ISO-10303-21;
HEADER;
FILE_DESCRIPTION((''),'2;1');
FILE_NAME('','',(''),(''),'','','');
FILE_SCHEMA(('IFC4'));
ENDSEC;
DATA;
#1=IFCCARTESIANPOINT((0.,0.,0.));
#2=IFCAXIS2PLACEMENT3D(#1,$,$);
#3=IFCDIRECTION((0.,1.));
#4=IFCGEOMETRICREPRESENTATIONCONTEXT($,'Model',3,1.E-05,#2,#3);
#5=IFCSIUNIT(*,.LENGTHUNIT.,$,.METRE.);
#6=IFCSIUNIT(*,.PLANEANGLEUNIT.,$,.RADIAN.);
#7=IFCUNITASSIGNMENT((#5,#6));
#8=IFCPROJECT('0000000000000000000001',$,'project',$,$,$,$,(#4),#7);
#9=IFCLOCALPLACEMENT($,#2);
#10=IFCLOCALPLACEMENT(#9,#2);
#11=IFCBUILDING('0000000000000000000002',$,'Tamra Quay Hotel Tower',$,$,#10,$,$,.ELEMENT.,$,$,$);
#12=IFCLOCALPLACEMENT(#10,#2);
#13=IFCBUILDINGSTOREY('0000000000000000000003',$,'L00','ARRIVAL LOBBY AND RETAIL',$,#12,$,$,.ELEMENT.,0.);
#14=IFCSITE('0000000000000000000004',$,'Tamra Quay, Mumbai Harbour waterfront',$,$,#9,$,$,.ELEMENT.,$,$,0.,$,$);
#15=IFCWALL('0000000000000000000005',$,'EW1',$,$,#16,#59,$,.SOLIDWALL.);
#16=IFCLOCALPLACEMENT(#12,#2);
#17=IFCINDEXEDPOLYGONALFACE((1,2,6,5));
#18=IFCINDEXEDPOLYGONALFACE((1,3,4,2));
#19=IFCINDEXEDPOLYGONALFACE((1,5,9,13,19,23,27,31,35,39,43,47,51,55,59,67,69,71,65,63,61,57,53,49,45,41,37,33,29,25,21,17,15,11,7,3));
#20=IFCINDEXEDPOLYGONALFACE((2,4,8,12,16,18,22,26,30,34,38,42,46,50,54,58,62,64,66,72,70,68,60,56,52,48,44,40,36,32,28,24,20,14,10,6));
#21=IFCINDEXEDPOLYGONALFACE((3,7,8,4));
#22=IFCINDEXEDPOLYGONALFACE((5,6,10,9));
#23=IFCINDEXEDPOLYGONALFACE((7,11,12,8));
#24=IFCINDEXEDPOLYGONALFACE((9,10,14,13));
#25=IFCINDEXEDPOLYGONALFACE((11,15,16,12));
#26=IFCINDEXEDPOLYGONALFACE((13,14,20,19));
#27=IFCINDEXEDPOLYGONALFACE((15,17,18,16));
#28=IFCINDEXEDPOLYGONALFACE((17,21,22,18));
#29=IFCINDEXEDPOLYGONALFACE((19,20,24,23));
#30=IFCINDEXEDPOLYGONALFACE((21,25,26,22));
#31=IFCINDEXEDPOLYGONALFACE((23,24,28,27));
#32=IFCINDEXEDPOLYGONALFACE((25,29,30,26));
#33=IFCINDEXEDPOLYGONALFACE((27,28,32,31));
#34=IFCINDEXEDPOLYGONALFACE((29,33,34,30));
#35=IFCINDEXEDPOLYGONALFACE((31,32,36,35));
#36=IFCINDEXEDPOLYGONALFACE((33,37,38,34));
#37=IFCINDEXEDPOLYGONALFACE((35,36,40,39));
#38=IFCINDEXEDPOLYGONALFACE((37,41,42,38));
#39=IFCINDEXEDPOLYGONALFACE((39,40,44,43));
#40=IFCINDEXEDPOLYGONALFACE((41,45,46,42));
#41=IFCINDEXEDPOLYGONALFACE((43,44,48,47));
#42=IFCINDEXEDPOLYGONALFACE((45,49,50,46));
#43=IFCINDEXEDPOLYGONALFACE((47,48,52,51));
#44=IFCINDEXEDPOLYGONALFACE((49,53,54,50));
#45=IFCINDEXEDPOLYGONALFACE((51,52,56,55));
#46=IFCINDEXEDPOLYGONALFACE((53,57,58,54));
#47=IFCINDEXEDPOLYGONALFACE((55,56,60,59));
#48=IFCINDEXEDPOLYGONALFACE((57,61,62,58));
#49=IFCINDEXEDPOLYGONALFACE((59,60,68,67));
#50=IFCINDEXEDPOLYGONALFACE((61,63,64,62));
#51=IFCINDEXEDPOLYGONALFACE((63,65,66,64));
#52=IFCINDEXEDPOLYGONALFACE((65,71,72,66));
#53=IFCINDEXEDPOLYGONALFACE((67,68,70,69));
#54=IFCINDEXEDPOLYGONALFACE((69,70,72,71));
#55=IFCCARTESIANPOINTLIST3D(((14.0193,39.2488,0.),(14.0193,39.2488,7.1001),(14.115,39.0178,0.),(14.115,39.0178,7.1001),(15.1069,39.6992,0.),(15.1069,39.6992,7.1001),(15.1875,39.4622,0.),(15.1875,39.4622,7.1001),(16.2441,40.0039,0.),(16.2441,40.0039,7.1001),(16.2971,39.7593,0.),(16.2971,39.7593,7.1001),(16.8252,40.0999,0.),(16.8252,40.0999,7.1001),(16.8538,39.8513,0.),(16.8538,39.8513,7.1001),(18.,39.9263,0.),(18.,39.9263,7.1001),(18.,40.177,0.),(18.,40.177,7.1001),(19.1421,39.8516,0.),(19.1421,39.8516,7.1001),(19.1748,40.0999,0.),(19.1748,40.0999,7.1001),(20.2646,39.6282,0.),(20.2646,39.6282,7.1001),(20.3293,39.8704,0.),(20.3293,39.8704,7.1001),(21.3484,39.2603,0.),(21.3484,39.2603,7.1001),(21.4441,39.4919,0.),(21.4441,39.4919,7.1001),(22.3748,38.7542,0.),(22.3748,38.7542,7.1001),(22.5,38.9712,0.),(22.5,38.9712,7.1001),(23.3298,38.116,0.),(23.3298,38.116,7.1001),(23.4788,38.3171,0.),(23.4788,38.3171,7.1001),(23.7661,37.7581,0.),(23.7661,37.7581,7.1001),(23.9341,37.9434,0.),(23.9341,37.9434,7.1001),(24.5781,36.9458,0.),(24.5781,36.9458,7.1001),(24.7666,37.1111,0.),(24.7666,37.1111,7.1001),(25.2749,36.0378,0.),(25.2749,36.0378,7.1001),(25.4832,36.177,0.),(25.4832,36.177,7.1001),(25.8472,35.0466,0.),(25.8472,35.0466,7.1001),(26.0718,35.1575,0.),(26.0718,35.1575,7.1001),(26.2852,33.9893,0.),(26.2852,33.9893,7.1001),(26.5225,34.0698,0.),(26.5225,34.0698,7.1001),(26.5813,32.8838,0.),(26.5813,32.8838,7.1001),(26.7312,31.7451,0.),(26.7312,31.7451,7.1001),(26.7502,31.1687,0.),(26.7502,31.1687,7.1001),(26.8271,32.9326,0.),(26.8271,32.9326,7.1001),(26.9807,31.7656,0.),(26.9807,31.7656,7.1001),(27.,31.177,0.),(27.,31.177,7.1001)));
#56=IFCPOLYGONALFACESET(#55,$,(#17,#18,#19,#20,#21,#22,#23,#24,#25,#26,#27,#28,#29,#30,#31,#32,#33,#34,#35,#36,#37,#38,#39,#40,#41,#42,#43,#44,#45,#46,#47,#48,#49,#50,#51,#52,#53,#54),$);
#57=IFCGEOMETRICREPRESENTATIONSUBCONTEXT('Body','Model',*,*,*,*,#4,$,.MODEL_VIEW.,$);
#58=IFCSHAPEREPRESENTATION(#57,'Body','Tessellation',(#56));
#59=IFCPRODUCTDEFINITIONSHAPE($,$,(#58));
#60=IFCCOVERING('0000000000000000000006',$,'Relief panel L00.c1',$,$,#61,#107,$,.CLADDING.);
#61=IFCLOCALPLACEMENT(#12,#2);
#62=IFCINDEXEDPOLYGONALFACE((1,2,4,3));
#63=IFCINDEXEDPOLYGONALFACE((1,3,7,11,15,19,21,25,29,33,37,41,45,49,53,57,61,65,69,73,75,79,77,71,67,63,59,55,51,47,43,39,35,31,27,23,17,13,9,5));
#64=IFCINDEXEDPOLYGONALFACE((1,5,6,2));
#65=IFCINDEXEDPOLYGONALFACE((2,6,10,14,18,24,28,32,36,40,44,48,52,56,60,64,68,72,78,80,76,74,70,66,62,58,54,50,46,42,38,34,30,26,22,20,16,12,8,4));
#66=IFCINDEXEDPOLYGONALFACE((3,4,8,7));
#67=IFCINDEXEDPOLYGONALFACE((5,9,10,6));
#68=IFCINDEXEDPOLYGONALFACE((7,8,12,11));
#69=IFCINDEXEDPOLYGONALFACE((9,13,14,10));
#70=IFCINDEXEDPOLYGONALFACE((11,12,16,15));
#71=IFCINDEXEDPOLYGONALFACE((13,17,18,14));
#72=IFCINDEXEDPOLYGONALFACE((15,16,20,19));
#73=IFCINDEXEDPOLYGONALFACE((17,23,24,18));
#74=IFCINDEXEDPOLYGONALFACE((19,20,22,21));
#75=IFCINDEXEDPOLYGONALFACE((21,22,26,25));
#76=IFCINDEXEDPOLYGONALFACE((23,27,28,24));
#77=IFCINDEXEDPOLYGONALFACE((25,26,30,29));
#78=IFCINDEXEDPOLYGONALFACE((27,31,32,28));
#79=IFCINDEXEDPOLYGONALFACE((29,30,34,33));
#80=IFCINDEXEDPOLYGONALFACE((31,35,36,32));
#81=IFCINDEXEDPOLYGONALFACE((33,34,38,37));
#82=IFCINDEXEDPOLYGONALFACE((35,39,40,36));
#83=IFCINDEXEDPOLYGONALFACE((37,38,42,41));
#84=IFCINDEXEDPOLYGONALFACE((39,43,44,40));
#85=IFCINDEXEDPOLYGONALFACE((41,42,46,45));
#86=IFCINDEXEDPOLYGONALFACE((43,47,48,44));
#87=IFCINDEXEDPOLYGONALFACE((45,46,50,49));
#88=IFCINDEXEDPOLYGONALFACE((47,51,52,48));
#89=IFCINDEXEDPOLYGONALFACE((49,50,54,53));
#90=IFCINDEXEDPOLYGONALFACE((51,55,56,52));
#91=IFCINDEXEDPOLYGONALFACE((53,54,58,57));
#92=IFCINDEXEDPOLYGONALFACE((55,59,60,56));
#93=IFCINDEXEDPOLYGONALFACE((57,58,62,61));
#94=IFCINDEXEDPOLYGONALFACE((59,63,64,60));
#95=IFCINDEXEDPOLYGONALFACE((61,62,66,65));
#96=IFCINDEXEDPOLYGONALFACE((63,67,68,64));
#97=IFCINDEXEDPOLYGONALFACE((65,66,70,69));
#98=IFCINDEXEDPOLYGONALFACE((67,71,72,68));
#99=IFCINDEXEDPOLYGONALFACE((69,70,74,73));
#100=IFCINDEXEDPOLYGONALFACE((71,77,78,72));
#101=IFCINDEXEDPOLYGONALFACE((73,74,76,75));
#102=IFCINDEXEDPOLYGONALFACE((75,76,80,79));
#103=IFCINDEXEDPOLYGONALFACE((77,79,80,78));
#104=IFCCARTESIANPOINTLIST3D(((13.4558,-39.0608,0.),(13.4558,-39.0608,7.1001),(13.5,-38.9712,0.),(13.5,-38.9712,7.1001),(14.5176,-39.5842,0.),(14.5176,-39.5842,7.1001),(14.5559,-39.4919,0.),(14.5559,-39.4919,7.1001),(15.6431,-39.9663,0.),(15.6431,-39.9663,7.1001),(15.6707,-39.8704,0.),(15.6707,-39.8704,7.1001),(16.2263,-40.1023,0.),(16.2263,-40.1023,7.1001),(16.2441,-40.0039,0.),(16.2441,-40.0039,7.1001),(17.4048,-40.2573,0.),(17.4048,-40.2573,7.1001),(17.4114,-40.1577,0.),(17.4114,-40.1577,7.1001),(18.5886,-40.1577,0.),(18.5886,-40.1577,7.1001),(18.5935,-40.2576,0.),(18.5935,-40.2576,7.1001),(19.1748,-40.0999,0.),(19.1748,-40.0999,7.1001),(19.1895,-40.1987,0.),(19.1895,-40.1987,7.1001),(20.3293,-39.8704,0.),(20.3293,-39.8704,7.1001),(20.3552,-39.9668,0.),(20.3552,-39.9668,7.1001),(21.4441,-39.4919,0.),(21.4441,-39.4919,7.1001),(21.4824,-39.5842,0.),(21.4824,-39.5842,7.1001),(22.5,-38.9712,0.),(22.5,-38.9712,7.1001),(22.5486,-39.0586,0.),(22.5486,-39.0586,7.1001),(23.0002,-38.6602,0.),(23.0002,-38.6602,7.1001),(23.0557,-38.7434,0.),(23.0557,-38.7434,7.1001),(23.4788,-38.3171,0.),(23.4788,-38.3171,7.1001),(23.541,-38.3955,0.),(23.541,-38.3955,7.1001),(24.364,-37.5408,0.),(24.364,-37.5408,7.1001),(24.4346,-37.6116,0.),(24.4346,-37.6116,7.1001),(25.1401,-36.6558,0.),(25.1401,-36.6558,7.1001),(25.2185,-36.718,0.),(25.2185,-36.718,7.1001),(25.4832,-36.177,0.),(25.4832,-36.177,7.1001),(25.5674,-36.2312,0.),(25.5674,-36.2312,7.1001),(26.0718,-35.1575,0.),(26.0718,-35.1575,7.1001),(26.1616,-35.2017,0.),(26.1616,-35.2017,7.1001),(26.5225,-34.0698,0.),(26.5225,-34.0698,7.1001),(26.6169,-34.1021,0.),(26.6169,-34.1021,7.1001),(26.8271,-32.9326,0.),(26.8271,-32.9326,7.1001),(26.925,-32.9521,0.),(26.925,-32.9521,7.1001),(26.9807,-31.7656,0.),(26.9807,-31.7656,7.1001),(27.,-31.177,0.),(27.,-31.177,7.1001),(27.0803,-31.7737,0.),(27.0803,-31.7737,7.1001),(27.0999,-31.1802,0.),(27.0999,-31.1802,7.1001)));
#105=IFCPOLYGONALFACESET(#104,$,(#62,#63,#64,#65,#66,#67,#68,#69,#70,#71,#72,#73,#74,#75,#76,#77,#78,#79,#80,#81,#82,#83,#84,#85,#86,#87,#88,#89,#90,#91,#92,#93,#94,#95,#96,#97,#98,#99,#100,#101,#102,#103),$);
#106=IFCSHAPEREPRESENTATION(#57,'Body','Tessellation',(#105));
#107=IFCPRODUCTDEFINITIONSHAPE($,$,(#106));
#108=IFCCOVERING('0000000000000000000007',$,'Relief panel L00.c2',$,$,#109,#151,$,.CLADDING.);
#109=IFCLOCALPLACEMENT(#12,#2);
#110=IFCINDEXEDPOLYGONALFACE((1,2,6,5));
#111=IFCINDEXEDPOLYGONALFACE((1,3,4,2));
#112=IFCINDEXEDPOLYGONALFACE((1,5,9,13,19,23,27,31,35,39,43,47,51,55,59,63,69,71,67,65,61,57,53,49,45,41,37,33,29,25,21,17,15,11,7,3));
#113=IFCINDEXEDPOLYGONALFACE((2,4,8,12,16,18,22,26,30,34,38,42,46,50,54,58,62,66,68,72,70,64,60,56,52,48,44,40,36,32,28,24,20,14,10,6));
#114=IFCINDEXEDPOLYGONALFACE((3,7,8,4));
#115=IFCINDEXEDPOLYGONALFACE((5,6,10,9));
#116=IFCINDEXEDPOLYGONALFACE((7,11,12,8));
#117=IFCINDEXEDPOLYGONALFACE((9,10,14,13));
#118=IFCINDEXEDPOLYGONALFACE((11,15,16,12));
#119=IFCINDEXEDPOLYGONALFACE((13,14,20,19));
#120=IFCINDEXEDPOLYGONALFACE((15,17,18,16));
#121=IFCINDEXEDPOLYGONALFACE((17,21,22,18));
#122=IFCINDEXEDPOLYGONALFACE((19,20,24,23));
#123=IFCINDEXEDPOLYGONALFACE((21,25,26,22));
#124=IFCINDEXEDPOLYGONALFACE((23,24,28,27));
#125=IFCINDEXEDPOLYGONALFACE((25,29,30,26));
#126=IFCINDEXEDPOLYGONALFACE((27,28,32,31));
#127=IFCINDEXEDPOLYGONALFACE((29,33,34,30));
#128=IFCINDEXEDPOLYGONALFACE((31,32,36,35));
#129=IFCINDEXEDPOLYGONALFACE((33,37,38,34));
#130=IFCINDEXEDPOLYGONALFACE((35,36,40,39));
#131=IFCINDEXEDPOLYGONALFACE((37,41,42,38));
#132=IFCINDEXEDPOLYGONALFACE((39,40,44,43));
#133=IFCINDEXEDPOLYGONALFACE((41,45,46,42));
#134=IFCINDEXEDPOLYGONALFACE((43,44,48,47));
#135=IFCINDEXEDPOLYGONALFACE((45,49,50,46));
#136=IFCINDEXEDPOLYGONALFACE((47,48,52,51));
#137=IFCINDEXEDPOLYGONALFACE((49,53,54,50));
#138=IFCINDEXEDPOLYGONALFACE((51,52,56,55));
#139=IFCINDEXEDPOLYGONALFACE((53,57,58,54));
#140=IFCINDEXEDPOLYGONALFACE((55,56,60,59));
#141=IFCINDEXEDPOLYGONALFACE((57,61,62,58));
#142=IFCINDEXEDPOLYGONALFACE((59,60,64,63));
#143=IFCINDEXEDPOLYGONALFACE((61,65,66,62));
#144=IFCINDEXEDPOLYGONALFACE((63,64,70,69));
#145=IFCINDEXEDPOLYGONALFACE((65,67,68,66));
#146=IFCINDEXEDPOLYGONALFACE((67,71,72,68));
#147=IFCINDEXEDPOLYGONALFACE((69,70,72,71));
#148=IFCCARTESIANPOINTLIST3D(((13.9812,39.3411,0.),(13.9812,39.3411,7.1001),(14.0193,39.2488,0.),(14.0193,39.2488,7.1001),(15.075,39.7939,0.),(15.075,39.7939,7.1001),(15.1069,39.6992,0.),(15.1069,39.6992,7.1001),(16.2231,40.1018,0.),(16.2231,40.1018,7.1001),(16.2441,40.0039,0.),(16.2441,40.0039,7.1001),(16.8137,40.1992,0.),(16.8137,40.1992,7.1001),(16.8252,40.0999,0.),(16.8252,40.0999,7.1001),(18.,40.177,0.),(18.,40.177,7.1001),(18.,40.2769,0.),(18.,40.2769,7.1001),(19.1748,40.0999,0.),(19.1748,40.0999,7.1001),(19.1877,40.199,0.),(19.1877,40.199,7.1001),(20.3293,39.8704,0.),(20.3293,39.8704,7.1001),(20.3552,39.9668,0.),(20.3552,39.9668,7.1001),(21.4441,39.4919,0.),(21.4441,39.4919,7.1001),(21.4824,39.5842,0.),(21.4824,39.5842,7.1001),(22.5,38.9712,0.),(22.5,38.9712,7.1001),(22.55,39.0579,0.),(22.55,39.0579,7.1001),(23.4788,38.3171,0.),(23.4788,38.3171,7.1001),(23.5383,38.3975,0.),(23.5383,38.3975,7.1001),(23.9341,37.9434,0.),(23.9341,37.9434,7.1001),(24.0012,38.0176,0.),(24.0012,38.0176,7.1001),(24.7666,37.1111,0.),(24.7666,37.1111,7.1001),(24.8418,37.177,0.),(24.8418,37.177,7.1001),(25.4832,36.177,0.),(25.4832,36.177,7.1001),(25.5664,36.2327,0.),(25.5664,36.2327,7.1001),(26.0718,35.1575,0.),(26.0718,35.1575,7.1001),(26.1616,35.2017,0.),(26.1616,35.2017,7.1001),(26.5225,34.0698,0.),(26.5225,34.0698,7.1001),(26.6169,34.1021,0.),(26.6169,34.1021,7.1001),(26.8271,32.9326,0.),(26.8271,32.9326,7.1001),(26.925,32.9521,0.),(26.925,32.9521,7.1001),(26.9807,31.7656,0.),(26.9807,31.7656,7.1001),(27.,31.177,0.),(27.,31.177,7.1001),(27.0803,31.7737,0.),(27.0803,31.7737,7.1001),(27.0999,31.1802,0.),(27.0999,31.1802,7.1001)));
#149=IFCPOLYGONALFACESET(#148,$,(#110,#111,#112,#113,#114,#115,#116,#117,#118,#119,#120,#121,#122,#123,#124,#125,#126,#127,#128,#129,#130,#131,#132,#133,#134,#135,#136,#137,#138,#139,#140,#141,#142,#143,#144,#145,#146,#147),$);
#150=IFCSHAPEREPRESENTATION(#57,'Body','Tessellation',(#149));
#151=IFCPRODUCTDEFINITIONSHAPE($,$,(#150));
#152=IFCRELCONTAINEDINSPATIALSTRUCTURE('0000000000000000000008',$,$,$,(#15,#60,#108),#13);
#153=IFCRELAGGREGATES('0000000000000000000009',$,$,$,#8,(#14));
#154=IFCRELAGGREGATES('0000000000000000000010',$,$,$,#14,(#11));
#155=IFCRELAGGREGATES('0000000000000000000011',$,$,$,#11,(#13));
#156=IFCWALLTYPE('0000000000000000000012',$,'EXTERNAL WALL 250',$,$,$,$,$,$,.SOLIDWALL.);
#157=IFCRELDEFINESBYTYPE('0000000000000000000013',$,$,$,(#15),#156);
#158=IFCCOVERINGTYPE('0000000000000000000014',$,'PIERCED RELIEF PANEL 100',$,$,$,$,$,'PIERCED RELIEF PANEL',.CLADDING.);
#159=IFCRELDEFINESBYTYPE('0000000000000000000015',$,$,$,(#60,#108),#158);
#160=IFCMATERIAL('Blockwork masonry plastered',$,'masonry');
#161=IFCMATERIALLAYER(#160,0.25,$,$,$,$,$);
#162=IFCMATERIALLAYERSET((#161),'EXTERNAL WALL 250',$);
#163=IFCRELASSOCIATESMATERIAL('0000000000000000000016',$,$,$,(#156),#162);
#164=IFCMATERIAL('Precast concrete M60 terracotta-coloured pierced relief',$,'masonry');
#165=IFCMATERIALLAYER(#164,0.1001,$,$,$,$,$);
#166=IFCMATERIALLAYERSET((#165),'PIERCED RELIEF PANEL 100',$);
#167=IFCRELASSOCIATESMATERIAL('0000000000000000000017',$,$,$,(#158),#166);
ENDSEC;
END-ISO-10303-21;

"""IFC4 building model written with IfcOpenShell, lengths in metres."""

from ifc_helpers import new_model, si_unit, direction, origin, place, context, subcontext, project, spatial, polyline, outline, extrude, material, layer, layer_set, type_object, element, save


model = new_model("IFC4")

# Units and contexts
model_context = context("Model", 3, precision=1e-05, world=origin(), true_north=direction((0.0, 1.0)))
body_context = subcontext(model_context, "Body", "Model", "MODEL_VIEW")
ifc_project = project(units=[si_unit("LENGTHUNIT", "METRE"), si_unit("PLANEANGLEUNIT", "RADIAN")], contexts=[model_context])

# Site, building, storey
site_placement = place(None, origin())
site = spatial("IfcSite", under=ifc_project, at=site_placement, Name="Tamra Quay, Mumbai Harbour waterfront", CompositionType="ELEMENT", RefElevation=0.0)
building_placement = place(site_placement, origin())
building = spatial("IfcBuilding", under=site, at=building_placement, Name="Tamra Quay Hotel Tower", CompositionType="ELEMENT")
storey_placement = place(building_placement, origin())
storey = spatial("IfcBuildingStorey", under=building, at=storey_placement, Name="L00", Description="ARRIVAL LOBBY AND RETAIL", CompositionType="ELEMENT", Elevation=0.0)

# Wall
ifc_material_1 = material(Name="Blockwork masonry plastered", Category="masonry")
ifc_layer_1 = layer(ifc_material_1, 0.25)
ifc_layer_set_1 = layer_set([ifc_layer_1], Name="EXTERNAL WALL 250")
wall_type = type_object("IfcWallType", Name="EXTERNAL WALL 250", PredefinedType="SOLIDWALL", material=ifc_layer_set_1)
wall_1_placement = place(storey_placement, origin())
element("IfcWall", 1, at=wall_1_placement, inside=storey, type_object=wall_type, Name="EW1", PredefinedType="SOLIDWALL", context=body_context, shape_type="SweptSolid", body=[
    extrude(outline(polyline([(27.0, 31.177), (26.9807, 31.7656), (26.8271, 32.9326), (26.5225, 34.0698), (26.0718, 35.1575), (25.4832, 36.177), (24.7666, 37.1111), (23.9341, 37.9434), (23.4788, 38.3171), (22.5, 38.9712), (21.4441, 39.4919), (20.3293, 39.8704), (19.1748, 40.0999), (18.0, 40.177), (16.8252, 40.0999), (16.2441, 40.0039), (15.1069, 39.6992), (14.0193, 39.2488), (14.115, 39.0178), (15.1875, 39.4622), (16.2971, 39.7593), (16.8538, 39.8513), (18.0, 39.9263), (19.1421, 39.8516), (20.2646, 39.6282), (21.3484, 39.2603), (22.3748, 38.7542), (23.3298, 38.116), (23.7661, 37.7581), (24.5781, 36.9458), (25.2749, 36.0378), (25.8472, 35.0466), (26.2852, 33.9893), (26.5813, 32.8838), (26.7312, 31.7451), (26.7502, 31.1687), (27.0, 31.177)])), origin(), (0.0, 0.0, 1.0), 7.1001),
])

# Coverings
ifc_material_2 = material(Name="Precast concrete M60 terracotta-coloured pierced relief", Category="masonry")
ifc_layer_2 = layer(ifc_material_2, 0.1001)
ifc_layer_set_2 = layer_set([ifc_layer_2], Name="PIERCED RELIEF PANEL 100")
covering_type_1 = type_object("IfcCoveringType", Name="PIERCED RELIEF PANEL 100", ElementType="PIERCED RELIEF PANEL", PredefinedType="CLADDING", material=ifc_layer_set_2)
covering_1_placement = place(storey_placement, origin())
element("IfcCovering", 2, at=covering_1_placement, inside=storey, type_object=covering_type_1, Name="Relief panel L00.c1", PredefinedType="CLADDING", context=body_context, shape_type="SweptSolid", body=[
    extrude(outline(polyline([(13.5, -38.9712), (14.5559, -39.4919), (15.6707, -39.8704), (16.2441, -40.0039), (17.4114, -40.1577), (18.5886, -40.1577), (19.1748, -40.0999), (20.3293, -39.8704), (21.4441, -39.4919), (22.5, -38.9712), (23.0002, -38.6602), (23.4788, -38.3171), (24.364, -37.5408), (25.1401, -36.6558), (25.4832, -36.177), (26.0718, -35.1575), (26.5225, -34.0698), (26.8271, -32.9326), (26.9807, -31.7656), (27.0, -31.177), (27.0999, -31.1802), (27.0803, -31.7737), (26.925, -32.9521), (26.6169, -34.1021), (26.1616, -35.2017), (25.5674, -36.2312), (25.2185, -36.718), (24.4346, -37.6116), (23.541, -38.3955), (23.0557, -38.7434), (22.5486, -39.0586), (21.4824, -39.5842), (20.3552, -39.9668), (19.1895, -40.1987), (18.5935, -40.2576), (17.4048, -40.2573), (16.2263, -40.1023), (15.6431, -39.9663), (14.5176, -39.5842), (13.4558, -39.0608), (13.5, -38.9712)])), origin(), (0.0, 0.0, 1.0), 7.1001),
])
covering_2_placement = place(storey_placement, origin())
element("IfcCovering", 3, at=covering_2_placement, inside=storey, type_object=covering_type_1, Name="Relief panel L00.c2", PredefinedType="CLADDING", context=body_context, shape_type="SweptSolid", body=[
    extrude(outline(polyline([(27.0, 31.177), (26.9807, 31.7656), (26.8271, 32.9326), (26.5225, 34.0698), (26.0718, 35.1575), (25.4832, 36.177), (24.7666, 37.1111), (23.9341, 37.9434), (23.4788, 38.3171), (22.5, 38.9712), (21.4441, 39.4919), (20.3293, 39.8704), (19.1748, 40.0999), (18.0, 40.177), (16.8252, 40.0999), (16.2441, 40.0039), (15.1069, 39.6992), (14.0193, 39.2488), (13.9812, 39.3411), (15.075, 39.7939), (16.2231, 40.1018), (16.8137, 40.1992), (18.0, 40.2769), (19.1877, 40.199), (20.3552, 39.9668), (21.4824, 39.5842), (22.55, 39.0579), (23.5383, 38.3975), (24.0012, 38.0176), (24.8418, 37.177), (25.5664, 36.2327), (26.1616, 35.2017), (26.6169, 34.1021), (26.925, 32.9521), (27.0803, 31.7737), (27.0999, 31.1802), (27.0, 31.177)])), origin(), (0.0, 0.0, 1.0), 7.1001),
])

save(model, "model.ifc")
